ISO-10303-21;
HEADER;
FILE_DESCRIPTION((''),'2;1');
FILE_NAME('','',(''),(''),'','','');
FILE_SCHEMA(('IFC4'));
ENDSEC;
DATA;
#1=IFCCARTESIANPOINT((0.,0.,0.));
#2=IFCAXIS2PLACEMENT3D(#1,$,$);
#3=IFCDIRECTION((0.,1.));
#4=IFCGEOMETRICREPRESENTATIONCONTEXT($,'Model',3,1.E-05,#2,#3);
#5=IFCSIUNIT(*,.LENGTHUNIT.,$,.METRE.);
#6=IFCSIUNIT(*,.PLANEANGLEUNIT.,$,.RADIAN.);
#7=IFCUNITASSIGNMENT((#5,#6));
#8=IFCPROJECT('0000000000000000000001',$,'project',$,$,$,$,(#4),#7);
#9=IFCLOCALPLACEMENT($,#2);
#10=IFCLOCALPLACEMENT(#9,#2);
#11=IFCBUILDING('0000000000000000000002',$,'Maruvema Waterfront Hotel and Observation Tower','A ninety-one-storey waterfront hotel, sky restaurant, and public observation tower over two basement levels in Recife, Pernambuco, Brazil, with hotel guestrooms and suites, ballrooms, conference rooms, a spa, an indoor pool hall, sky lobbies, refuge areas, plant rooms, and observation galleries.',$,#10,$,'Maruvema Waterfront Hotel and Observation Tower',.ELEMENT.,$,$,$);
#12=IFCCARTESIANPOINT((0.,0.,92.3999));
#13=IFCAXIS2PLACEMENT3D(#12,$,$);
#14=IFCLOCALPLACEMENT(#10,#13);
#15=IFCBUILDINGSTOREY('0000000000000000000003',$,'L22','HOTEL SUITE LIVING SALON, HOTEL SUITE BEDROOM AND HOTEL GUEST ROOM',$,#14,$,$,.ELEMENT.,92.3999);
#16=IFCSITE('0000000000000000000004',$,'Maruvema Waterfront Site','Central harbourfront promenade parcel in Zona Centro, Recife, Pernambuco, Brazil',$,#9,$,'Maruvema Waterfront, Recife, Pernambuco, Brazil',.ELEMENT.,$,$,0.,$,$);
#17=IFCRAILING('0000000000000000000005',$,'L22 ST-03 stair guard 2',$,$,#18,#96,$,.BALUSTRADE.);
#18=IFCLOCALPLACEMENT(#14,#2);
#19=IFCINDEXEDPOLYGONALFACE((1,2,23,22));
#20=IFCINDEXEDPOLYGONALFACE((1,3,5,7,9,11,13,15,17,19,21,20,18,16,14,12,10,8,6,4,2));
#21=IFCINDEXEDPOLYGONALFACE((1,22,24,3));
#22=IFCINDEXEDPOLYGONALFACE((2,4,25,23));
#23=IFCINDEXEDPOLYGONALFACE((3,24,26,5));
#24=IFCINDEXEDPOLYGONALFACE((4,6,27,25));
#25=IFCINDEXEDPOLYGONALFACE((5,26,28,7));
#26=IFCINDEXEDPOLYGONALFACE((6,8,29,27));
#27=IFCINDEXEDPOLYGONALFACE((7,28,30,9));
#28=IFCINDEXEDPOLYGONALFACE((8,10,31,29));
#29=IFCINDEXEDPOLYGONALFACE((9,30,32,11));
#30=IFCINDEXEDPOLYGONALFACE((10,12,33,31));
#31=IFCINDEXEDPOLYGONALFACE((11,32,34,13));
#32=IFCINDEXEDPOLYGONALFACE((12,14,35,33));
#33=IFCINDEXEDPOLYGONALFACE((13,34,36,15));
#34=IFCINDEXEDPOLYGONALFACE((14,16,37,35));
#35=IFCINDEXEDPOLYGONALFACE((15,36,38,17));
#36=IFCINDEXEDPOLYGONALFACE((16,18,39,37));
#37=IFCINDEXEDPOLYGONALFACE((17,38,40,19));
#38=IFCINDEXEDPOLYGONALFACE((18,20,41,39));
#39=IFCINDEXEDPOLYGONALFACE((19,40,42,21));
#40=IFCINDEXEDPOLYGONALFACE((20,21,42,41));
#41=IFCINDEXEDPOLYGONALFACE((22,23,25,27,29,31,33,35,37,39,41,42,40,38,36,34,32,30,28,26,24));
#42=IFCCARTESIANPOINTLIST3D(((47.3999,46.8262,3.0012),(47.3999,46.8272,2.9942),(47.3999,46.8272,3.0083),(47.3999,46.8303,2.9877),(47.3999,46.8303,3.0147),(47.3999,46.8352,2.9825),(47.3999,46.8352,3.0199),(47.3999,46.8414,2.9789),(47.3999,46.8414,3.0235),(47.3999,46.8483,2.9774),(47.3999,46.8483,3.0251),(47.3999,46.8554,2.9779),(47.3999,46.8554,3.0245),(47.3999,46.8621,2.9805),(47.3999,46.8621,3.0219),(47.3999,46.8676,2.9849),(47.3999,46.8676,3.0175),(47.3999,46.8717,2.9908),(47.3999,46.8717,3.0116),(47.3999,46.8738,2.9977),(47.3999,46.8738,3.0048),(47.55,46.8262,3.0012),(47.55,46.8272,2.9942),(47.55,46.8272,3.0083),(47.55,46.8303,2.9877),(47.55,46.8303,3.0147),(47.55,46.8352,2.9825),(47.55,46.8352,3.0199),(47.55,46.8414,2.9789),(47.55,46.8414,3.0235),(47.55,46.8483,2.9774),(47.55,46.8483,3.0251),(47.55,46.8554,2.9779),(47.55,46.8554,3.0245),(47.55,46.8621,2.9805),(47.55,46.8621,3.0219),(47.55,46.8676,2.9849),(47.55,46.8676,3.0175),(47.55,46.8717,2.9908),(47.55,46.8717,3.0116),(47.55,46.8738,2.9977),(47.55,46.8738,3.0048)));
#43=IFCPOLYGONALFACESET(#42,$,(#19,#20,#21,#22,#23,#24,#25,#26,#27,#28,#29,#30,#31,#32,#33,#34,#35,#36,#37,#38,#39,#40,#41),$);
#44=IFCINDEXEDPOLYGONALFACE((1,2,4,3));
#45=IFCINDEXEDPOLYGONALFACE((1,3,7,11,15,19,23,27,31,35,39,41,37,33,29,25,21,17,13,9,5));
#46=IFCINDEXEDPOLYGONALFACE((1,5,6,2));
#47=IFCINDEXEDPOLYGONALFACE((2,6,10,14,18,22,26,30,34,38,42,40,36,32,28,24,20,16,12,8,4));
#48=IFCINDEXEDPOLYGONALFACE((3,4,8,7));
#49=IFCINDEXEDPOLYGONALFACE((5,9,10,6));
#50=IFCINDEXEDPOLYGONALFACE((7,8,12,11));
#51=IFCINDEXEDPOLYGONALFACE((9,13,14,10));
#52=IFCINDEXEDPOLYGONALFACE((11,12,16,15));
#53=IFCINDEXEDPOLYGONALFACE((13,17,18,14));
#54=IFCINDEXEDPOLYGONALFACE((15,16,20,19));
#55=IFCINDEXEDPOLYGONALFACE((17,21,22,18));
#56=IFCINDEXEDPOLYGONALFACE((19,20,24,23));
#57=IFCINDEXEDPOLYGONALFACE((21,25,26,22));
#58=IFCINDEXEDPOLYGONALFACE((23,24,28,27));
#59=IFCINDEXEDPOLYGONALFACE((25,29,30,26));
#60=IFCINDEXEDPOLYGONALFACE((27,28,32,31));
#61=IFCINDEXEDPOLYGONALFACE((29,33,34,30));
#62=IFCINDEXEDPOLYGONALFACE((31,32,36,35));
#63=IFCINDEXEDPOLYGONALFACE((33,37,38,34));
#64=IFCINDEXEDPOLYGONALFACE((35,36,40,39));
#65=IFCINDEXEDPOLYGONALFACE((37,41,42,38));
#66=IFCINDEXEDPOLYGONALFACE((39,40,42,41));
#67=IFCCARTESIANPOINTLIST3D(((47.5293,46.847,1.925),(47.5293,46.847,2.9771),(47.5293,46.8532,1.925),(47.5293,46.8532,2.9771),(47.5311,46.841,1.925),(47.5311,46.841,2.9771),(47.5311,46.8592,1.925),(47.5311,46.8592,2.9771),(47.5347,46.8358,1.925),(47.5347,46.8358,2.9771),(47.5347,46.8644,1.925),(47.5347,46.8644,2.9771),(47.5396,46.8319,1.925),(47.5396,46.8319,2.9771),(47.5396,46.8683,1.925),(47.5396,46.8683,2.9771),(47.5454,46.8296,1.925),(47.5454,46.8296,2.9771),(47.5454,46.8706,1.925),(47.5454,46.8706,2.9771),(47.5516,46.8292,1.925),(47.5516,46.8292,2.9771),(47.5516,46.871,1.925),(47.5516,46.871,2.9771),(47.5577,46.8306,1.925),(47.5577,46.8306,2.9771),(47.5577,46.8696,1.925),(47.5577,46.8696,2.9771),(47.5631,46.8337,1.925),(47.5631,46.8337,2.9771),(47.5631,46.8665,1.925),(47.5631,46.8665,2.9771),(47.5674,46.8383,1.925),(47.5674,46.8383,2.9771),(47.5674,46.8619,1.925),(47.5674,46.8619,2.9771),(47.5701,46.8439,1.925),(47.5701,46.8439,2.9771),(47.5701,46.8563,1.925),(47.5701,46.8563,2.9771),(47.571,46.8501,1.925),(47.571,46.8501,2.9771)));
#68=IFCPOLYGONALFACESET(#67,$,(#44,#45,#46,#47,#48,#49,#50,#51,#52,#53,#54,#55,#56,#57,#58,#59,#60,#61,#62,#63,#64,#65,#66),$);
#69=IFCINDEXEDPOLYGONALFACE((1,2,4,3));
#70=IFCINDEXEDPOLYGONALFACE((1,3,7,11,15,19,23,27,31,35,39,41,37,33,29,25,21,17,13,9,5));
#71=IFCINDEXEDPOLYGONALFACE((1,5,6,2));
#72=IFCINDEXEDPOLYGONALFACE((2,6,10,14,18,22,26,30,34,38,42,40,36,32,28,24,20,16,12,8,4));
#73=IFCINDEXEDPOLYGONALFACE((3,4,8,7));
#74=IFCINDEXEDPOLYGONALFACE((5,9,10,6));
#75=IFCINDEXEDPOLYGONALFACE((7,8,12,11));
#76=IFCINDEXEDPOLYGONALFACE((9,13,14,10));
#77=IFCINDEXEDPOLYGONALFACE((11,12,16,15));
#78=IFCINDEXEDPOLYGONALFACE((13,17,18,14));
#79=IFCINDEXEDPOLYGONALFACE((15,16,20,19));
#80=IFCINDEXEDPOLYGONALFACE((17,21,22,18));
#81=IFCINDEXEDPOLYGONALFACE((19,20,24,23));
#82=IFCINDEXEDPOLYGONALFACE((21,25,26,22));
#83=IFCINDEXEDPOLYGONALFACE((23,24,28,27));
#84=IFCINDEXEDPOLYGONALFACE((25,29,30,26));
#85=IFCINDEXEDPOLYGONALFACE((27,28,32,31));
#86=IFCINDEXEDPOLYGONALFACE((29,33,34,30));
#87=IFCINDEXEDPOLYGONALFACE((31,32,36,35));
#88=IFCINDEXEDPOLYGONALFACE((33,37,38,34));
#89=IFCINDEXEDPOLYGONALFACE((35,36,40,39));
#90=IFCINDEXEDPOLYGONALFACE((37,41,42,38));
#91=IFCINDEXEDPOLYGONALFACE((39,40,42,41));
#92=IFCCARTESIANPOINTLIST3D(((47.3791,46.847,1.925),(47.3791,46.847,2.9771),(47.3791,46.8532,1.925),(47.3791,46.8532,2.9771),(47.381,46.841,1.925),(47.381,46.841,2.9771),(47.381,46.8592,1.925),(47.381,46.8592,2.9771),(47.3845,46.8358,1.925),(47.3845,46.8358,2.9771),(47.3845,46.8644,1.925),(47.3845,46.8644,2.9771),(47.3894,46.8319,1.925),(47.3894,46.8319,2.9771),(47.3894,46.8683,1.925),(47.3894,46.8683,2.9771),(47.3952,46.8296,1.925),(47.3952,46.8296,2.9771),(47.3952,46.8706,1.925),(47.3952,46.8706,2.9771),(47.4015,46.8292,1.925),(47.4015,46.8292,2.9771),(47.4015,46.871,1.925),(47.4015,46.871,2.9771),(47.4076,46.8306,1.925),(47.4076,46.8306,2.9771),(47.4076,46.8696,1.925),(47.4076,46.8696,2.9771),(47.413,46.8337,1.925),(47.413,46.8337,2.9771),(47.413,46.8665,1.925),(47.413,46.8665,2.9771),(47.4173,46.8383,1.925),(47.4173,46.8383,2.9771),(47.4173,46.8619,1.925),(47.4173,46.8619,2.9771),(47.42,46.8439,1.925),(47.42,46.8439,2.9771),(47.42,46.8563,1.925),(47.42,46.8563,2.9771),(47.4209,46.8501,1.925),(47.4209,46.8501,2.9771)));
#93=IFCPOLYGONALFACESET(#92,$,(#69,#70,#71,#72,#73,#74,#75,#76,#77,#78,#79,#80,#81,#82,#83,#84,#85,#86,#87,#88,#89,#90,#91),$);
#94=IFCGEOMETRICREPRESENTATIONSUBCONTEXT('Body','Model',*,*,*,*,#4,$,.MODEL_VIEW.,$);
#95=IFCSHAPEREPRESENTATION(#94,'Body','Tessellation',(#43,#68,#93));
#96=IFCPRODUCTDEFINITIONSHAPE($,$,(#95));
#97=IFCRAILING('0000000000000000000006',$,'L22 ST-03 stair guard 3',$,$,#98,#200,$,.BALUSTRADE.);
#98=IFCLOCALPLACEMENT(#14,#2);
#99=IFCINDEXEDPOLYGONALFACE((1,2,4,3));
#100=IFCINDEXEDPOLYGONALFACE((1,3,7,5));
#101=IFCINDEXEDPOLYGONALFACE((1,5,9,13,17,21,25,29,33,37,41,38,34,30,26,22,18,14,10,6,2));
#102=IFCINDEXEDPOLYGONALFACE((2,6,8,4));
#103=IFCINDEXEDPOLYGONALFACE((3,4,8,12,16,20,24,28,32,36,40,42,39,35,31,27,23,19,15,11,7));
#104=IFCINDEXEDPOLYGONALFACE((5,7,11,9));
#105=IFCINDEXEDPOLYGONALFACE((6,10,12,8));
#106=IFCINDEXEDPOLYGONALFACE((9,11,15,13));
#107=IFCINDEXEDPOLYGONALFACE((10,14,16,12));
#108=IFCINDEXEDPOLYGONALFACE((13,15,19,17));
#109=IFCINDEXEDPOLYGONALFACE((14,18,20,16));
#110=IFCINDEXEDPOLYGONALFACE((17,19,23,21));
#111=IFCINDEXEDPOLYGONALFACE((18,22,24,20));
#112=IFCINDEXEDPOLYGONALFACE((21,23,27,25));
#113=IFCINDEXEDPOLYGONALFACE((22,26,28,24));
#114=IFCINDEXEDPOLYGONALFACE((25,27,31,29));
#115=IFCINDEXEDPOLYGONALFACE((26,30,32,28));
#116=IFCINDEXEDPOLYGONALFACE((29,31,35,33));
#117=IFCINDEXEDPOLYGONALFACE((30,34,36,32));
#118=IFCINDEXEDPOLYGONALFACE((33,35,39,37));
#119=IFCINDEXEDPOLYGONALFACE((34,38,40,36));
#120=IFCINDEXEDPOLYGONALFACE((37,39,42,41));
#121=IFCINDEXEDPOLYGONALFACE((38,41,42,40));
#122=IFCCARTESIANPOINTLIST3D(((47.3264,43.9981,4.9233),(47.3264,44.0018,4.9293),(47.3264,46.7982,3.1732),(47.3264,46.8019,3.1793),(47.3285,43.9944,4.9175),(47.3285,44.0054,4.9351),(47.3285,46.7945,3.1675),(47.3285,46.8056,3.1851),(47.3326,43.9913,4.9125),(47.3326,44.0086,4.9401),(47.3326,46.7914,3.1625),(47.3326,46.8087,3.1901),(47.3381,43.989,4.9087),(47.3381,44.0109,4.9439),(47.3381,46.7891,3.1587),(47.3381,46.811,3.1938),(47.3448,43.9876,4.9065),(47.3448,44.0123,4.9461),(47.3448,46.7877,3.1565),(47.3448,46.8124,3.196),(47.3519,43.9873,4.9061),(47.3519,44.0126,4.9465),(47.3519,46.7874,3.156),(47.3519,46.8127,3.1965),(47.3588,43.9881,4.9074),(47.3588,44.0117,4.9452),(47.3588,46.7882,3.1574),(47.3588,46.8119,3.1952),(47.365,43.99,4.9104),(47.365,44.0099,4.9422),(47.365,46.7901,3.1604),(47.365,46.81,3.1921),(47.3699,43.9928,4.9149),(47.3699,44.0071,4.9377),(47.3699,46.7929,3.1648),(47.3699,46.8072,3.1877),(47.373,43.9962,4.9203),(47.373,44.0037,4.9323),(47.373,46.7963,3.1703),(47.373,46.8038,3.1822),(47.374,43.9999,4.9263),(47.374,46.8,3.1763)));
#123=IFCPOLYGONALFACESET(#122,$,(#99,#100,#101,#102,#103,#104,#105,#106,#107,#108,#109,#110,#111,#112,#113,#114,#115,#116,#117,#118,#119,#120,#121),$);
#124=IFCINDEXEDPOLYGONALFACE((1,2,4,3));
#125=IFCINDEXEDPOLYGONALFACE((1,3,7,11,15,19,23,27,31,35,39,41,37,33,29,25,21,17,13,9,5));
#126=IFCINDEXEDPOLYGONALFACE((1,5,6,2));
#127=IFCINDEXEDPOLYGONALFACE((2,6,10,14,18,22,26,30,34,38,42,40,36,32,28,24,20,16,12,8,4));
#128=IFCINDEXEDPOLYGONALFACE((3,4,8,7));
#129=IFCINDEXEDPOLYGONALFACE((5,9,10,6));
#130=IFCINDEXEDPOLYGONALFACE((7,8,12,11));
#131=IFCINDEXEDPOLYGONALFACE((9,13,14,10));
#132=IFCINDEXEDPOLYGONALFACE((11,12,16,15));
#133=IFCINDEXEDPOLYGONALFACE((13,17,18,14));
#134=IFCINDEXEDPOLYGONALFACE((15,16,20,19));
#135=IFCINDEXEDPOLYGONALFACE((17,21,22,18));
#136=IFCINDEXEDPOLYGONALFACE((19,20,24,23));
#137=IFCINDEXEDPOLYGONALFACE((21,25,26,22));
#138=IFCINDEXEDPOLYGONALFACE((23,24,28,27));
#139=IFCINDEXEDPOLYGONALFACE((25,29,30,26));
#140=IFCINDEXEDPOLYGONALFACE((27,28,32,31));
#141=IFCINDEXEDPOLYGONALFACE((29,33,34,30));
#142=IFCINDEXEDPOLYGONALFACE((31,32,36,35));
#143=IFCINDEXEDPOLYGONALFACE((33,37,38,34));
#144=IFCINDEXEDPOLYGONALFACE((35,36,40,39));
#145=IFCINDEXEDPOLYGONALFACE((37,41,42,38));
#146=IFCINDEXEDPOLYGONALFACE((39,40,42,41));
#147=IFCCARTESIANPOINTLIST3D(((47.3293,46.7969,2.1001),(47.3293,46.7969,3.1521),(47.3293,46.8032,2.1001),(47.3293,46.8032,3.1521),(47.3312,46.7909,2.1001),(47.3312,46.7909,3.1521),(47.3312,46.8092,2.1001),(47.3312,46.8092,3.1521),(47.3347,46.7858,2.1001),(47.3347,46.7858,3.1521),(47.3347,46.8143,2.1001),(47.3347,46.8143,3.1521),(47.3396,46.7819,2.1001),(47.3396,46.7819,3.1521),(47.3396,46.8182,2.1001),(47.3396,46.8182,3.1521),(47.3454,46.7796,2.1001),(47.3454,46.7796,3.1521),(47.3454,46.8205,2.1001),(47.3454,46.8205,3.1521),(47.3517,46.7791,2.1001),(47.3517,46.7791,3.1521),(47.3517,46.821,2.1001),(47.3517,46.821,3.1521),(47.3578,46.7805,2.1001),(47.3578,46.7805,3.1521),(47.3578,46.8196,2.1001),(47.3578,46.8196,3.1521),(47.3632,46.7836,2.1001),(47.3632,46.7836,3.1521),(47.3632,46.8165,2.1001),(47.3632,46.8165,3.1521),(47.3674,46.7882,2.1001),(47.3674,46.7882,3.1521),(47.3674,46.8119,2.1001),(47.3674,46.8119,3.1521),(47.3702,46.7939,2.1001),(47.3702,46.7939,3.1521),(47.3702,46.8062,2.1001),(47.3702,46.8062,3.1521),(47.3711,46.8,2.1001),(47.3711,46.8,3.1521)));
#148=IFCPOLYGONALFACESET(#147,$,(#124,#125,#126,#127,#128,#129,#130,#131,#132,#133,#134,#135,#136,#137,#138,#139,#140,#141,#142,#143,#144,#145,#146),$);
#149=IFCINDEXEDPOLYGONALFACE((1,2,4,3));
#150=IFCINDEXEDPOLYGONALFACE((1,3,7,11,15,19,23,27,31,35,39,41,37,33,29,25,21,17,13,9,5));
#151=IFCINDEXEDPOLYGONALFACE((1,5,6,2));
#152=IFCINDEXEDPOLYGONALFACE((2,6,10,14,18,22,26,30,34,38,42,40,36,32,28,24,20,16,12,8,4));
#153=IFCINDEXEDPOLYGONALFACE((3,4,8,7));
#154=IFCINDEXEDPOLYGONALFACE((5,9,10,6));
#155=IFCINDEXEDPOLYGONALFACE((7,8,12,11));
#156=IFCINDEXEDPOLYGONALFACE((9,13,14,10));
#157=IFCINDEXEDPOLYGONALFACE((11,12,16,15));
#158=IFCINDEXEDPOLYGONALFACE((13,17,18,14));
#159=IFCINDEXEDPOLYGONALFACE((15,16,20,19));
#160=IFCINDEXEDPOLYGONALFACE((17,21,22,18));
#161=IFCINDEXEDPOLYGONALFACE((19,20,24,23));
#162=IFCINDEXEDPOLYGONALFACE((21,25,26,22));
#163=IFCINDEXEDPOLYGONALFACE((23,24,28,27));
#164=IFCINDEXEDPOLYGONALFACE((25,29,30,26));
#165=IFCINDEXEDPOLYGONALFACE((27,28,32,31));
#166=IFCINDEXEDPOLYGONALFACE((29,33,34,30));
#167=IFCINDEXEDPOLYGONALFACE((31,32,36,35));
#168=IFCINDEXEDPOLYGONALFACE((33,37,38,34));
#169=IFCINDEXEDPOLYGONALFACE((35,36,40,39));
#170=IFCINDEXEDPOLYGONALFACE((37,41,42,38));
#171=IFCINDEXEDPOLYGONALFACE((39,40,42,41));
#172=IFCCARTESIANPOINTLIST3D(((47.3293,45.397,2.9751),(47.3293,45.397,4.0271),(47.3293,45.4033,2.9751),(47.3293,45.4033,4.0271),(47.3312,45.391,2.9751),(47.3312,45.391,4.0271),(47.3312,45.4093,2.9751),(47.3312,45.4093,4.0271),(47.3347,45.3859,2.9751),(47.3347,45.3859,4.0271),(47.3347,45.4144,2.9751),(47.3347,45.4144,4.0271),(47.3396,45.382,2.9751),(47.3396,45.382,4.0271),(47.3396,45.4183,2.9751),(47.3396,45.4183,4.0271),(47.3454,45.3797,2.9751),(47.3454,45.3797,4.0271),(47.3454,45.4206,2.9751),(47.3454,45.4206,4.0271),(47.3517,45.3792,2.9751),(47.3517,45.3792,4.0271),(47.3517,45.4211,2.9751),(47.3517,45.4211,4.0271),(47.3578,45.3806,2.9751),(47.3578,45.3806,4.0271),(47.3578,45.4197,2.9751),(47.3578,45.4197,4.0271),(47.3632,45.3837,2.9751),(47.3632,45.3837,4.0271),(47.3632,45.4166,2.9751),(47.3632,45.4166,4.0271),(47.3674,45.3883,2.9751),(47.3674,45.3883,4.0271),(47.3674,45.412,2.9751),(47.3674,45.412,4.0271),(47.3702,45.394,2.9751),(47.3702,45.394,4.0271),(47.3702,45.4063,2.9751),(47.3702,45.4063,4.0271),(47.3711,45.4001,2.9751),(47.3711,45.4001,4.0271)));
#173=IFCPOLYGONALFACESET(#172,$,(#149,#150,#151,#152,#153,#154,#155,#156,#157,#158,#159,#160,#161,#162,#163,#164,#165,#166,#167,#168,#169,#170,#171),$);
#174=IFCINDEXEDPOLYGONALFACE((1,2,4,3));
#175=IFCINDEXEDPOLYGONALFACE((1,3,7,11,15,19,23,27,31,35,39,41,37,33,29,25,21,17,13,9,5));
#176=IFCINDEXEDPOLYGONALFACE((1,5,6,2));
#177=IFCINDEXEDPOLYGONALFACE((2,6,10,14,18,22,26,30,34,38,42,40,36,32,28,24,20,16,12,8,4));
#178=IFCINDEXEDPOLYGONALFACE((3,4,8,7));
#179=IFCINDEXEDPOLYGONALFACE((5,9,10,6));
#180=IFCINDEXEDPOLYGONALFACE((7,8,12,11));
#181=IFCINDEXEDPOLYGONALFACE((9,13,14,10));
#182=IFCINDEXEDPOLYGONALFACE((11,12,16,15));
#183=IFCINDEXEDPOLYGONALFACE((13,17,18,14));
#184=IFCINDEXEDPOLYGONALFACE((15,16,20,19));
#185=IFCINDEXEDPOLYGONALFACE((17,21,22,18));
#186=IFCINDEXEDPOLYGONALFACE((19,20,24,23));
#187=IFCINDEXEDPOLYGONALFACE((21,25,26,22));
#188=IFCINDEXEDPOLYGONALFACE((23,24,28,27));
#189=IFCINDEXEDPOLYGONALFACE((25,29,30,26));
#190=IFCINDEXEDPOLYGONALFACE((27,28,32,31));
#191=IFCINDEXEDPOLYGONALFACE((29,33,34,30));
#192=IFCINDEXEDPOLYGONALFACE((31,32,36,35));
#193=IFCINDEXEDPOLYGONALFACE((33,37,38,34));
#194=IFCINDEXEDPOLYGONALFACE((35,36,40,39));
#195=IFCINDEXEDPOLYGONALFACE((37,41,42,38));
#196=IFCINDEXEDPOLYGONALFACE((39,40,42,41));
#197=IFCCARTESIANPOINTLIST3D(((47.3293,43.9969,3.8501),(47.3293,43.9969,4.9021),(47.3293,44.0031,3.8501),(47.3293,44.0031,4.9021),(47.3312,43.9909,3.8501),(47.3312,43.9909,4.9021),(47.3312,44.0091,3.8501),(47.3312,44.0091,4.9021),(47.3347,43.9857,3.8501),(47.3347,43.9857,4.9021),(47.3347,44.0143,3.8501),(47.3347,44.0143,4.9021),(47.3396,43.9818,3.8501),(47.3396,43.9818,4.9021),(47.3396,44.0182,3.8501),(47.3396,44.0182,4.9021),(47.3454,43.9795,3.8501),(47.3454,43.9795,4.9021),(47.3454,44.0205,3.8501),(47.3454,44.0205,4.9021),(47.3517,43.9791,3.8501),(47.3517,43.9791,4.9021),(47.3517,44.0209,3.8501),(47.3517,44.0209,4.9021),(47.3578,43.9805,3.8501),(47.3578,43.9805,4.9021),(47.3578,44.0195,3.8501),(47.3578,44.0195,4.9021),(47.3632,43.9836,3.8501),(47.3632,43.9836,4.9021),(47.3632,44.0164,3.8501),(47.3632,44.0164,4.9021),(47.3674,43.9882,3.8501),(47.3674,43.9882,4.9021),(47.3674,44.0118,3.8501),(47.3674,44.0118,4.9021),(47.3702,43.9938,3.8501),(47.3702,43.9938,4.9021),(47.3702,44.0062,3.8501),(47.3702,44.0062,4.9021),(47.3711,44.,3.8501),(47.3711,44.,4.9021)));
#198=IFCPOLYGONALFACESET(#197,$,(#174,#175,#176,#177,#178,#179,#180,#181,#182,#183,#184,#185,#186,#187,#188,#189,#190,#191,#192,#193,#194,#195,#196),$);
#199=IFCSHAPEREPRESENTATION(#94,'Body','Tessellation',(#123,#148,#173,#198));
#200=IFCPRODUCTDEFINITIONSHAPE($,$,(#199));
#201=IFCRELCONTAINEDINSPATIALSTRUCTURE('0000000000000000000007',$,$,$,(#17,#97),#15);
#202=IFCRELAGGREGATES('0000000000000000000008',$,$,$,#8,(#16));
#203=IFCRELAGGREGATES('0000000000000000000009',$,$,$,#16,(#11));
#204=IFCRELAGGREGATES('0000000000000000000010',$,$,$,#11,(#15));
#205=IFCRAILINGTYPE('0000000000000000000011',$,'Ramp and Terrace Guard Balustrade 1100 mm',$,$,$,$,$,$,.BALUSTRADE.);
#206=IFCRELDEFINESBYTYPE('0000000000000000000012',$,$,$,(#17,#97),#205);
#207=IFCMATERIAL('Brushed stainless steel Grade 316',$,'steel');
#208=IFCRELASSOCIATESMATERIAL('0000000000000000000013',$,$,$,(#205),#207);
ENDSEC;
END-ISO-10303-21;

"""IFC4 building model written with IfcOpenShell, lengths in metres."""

from ifc_helpers import new_model, si_unit, direction, frame, origin, origin_2d, place, context, subcontext, project, spatial, circle, extrude, material, type_object, element, save


model = new_model("IFC4")

# Units and contexts
model_context = context("Model", 3, precision=1e-05, world=origin(), true_north=direction((0.0, 1.0)))
body_context = subcontext(model_context, "Body", "Model", "MODEL_VIEW")
ifc_project = project(units=[si_unit("LENGTHUNIT", "METRE"), si_unit("PLANEANGLEUNIT", "RADIAN")], contexts=[model_context])

# Site, building, storey
site_placement = place(None, origin())
site = spatial("IfcSite", under=ifc_project, at=site_placement, Name="Maruvema Waterfront Site", Description="Central harbourfront promenade parcel in Zona Centro, Recife, Pernambuco, Brazil", LongName="Maruvema Waterfront, Recife, Pernambuco, Brazil", CompositionType="ELEMENT", RefElevation=0.0)
building_placement = place(site_placement, origin())
building = spatial("IfcBuilding", under=site, at=building_placement, Name="Maruvema Waterfront Hotel and Observation Tower", Description="A ninety-one-storey waterfront hotel, sky restaurant, and public observation tower over two basement levels in Recife, Pernambuco, Brazil, with hotel guestrooms and suites, ballrooms, conference rooms, a spa, an indoor pool hall, sky lobbies, refuge areas, plant rooms, and observation galleries.", LongName="Maruvema Waterfront Hotel and Observation Tower", CompositionType="ELEMENT")
storey_placement = place(building_placement, frame((0.0, 0.0, 92.3999)))
storey = spatial("IfcBuildingStorey", under=building, at=storey_placement, Name="L22", Description="HOTEL SUITE LIVING SALON, HOTEL SUITE BEDROOM AND HOTEL GUEST ROOM", CompositionType="ELEMENT", Elevation=92.3999)

# Railings
ifc_material_1 = material(Name="Brushed stainless steel Grade 316", Category="steel")
railing_type_1 = type_object("IfcRailingType", Name="Ramp and Terrace Guard Balustrade 1100 mm", PredefinedType="BALUSTRADE", material=ifc_material_1)
railing_1_placement = place(storey_placement, frame((47.55, 46.8501, 1.925)))
element("IfcRailing", 1, at=railing_1_placement, inside=storey, type_object=railing_type_1, Name="L22 ST-03 stair guard 2", PredefinedType="BALUSTRADE", context=body_context, shape_type="SweptSolid", body=[
    extrude(circle(Radius=0.0239, at=origin_2d()), frame((0.0, 0.0, 1.0762), z_axis=(-1.0, 0.0, 0.0), x_axis=(0.0, -1.0, 0.0)), (0.0, 0.0, 1.0), 0.1501),
    extrude(circle(Radius=0.021, at=origin_2d()), origin(), (0.0, 0.0, 1.0), 1.052),
    extrude(circle(Radius=0.021, at=origin_2d()), frame((-0.1501, 0.0, 0.0)), (0.0, 0.0, 1.0), 1.052),
])
railing_2_placement = place(storey_placement, frame((47.3501, 46.8, 2.1001)))
element("IfcRailing", 2, at=railing_2_placement, inside=storey, type_object=railing_type_1, Name="L22 ST-03 stair guard 3", PredefinedType="BALUSTRADE", context=body_context, shape_type="SweptSolid", body=[
    extrude(circle(Radius=0.0239, at=origin_2d()), frame((0.0, 0.0, 1.0762), z_axis=(0.0, -0.848002, 0.529992), x_axis=(1.0, 0.0, 0.0)), (0.0, 0.0, 1.0), 3.302),
    extrude(circle(Radius=0.021, at=origin_2d()), origin(), (0.0, 0.0, 1.0), 1.052),
    extrude(circle(Radius=0.021, at=origin_2d()), frame((0.0, -1.3999, 0.875)), (0.0, 0.0, 1.0), 1.052),
    extrude(circle(Radius=0.021, at=origin_2d()), frame((0.0, -2.8, 1.75)), (0.0, 0.0, 1.0), 1.052),
])

save(model, "model.ifc")
